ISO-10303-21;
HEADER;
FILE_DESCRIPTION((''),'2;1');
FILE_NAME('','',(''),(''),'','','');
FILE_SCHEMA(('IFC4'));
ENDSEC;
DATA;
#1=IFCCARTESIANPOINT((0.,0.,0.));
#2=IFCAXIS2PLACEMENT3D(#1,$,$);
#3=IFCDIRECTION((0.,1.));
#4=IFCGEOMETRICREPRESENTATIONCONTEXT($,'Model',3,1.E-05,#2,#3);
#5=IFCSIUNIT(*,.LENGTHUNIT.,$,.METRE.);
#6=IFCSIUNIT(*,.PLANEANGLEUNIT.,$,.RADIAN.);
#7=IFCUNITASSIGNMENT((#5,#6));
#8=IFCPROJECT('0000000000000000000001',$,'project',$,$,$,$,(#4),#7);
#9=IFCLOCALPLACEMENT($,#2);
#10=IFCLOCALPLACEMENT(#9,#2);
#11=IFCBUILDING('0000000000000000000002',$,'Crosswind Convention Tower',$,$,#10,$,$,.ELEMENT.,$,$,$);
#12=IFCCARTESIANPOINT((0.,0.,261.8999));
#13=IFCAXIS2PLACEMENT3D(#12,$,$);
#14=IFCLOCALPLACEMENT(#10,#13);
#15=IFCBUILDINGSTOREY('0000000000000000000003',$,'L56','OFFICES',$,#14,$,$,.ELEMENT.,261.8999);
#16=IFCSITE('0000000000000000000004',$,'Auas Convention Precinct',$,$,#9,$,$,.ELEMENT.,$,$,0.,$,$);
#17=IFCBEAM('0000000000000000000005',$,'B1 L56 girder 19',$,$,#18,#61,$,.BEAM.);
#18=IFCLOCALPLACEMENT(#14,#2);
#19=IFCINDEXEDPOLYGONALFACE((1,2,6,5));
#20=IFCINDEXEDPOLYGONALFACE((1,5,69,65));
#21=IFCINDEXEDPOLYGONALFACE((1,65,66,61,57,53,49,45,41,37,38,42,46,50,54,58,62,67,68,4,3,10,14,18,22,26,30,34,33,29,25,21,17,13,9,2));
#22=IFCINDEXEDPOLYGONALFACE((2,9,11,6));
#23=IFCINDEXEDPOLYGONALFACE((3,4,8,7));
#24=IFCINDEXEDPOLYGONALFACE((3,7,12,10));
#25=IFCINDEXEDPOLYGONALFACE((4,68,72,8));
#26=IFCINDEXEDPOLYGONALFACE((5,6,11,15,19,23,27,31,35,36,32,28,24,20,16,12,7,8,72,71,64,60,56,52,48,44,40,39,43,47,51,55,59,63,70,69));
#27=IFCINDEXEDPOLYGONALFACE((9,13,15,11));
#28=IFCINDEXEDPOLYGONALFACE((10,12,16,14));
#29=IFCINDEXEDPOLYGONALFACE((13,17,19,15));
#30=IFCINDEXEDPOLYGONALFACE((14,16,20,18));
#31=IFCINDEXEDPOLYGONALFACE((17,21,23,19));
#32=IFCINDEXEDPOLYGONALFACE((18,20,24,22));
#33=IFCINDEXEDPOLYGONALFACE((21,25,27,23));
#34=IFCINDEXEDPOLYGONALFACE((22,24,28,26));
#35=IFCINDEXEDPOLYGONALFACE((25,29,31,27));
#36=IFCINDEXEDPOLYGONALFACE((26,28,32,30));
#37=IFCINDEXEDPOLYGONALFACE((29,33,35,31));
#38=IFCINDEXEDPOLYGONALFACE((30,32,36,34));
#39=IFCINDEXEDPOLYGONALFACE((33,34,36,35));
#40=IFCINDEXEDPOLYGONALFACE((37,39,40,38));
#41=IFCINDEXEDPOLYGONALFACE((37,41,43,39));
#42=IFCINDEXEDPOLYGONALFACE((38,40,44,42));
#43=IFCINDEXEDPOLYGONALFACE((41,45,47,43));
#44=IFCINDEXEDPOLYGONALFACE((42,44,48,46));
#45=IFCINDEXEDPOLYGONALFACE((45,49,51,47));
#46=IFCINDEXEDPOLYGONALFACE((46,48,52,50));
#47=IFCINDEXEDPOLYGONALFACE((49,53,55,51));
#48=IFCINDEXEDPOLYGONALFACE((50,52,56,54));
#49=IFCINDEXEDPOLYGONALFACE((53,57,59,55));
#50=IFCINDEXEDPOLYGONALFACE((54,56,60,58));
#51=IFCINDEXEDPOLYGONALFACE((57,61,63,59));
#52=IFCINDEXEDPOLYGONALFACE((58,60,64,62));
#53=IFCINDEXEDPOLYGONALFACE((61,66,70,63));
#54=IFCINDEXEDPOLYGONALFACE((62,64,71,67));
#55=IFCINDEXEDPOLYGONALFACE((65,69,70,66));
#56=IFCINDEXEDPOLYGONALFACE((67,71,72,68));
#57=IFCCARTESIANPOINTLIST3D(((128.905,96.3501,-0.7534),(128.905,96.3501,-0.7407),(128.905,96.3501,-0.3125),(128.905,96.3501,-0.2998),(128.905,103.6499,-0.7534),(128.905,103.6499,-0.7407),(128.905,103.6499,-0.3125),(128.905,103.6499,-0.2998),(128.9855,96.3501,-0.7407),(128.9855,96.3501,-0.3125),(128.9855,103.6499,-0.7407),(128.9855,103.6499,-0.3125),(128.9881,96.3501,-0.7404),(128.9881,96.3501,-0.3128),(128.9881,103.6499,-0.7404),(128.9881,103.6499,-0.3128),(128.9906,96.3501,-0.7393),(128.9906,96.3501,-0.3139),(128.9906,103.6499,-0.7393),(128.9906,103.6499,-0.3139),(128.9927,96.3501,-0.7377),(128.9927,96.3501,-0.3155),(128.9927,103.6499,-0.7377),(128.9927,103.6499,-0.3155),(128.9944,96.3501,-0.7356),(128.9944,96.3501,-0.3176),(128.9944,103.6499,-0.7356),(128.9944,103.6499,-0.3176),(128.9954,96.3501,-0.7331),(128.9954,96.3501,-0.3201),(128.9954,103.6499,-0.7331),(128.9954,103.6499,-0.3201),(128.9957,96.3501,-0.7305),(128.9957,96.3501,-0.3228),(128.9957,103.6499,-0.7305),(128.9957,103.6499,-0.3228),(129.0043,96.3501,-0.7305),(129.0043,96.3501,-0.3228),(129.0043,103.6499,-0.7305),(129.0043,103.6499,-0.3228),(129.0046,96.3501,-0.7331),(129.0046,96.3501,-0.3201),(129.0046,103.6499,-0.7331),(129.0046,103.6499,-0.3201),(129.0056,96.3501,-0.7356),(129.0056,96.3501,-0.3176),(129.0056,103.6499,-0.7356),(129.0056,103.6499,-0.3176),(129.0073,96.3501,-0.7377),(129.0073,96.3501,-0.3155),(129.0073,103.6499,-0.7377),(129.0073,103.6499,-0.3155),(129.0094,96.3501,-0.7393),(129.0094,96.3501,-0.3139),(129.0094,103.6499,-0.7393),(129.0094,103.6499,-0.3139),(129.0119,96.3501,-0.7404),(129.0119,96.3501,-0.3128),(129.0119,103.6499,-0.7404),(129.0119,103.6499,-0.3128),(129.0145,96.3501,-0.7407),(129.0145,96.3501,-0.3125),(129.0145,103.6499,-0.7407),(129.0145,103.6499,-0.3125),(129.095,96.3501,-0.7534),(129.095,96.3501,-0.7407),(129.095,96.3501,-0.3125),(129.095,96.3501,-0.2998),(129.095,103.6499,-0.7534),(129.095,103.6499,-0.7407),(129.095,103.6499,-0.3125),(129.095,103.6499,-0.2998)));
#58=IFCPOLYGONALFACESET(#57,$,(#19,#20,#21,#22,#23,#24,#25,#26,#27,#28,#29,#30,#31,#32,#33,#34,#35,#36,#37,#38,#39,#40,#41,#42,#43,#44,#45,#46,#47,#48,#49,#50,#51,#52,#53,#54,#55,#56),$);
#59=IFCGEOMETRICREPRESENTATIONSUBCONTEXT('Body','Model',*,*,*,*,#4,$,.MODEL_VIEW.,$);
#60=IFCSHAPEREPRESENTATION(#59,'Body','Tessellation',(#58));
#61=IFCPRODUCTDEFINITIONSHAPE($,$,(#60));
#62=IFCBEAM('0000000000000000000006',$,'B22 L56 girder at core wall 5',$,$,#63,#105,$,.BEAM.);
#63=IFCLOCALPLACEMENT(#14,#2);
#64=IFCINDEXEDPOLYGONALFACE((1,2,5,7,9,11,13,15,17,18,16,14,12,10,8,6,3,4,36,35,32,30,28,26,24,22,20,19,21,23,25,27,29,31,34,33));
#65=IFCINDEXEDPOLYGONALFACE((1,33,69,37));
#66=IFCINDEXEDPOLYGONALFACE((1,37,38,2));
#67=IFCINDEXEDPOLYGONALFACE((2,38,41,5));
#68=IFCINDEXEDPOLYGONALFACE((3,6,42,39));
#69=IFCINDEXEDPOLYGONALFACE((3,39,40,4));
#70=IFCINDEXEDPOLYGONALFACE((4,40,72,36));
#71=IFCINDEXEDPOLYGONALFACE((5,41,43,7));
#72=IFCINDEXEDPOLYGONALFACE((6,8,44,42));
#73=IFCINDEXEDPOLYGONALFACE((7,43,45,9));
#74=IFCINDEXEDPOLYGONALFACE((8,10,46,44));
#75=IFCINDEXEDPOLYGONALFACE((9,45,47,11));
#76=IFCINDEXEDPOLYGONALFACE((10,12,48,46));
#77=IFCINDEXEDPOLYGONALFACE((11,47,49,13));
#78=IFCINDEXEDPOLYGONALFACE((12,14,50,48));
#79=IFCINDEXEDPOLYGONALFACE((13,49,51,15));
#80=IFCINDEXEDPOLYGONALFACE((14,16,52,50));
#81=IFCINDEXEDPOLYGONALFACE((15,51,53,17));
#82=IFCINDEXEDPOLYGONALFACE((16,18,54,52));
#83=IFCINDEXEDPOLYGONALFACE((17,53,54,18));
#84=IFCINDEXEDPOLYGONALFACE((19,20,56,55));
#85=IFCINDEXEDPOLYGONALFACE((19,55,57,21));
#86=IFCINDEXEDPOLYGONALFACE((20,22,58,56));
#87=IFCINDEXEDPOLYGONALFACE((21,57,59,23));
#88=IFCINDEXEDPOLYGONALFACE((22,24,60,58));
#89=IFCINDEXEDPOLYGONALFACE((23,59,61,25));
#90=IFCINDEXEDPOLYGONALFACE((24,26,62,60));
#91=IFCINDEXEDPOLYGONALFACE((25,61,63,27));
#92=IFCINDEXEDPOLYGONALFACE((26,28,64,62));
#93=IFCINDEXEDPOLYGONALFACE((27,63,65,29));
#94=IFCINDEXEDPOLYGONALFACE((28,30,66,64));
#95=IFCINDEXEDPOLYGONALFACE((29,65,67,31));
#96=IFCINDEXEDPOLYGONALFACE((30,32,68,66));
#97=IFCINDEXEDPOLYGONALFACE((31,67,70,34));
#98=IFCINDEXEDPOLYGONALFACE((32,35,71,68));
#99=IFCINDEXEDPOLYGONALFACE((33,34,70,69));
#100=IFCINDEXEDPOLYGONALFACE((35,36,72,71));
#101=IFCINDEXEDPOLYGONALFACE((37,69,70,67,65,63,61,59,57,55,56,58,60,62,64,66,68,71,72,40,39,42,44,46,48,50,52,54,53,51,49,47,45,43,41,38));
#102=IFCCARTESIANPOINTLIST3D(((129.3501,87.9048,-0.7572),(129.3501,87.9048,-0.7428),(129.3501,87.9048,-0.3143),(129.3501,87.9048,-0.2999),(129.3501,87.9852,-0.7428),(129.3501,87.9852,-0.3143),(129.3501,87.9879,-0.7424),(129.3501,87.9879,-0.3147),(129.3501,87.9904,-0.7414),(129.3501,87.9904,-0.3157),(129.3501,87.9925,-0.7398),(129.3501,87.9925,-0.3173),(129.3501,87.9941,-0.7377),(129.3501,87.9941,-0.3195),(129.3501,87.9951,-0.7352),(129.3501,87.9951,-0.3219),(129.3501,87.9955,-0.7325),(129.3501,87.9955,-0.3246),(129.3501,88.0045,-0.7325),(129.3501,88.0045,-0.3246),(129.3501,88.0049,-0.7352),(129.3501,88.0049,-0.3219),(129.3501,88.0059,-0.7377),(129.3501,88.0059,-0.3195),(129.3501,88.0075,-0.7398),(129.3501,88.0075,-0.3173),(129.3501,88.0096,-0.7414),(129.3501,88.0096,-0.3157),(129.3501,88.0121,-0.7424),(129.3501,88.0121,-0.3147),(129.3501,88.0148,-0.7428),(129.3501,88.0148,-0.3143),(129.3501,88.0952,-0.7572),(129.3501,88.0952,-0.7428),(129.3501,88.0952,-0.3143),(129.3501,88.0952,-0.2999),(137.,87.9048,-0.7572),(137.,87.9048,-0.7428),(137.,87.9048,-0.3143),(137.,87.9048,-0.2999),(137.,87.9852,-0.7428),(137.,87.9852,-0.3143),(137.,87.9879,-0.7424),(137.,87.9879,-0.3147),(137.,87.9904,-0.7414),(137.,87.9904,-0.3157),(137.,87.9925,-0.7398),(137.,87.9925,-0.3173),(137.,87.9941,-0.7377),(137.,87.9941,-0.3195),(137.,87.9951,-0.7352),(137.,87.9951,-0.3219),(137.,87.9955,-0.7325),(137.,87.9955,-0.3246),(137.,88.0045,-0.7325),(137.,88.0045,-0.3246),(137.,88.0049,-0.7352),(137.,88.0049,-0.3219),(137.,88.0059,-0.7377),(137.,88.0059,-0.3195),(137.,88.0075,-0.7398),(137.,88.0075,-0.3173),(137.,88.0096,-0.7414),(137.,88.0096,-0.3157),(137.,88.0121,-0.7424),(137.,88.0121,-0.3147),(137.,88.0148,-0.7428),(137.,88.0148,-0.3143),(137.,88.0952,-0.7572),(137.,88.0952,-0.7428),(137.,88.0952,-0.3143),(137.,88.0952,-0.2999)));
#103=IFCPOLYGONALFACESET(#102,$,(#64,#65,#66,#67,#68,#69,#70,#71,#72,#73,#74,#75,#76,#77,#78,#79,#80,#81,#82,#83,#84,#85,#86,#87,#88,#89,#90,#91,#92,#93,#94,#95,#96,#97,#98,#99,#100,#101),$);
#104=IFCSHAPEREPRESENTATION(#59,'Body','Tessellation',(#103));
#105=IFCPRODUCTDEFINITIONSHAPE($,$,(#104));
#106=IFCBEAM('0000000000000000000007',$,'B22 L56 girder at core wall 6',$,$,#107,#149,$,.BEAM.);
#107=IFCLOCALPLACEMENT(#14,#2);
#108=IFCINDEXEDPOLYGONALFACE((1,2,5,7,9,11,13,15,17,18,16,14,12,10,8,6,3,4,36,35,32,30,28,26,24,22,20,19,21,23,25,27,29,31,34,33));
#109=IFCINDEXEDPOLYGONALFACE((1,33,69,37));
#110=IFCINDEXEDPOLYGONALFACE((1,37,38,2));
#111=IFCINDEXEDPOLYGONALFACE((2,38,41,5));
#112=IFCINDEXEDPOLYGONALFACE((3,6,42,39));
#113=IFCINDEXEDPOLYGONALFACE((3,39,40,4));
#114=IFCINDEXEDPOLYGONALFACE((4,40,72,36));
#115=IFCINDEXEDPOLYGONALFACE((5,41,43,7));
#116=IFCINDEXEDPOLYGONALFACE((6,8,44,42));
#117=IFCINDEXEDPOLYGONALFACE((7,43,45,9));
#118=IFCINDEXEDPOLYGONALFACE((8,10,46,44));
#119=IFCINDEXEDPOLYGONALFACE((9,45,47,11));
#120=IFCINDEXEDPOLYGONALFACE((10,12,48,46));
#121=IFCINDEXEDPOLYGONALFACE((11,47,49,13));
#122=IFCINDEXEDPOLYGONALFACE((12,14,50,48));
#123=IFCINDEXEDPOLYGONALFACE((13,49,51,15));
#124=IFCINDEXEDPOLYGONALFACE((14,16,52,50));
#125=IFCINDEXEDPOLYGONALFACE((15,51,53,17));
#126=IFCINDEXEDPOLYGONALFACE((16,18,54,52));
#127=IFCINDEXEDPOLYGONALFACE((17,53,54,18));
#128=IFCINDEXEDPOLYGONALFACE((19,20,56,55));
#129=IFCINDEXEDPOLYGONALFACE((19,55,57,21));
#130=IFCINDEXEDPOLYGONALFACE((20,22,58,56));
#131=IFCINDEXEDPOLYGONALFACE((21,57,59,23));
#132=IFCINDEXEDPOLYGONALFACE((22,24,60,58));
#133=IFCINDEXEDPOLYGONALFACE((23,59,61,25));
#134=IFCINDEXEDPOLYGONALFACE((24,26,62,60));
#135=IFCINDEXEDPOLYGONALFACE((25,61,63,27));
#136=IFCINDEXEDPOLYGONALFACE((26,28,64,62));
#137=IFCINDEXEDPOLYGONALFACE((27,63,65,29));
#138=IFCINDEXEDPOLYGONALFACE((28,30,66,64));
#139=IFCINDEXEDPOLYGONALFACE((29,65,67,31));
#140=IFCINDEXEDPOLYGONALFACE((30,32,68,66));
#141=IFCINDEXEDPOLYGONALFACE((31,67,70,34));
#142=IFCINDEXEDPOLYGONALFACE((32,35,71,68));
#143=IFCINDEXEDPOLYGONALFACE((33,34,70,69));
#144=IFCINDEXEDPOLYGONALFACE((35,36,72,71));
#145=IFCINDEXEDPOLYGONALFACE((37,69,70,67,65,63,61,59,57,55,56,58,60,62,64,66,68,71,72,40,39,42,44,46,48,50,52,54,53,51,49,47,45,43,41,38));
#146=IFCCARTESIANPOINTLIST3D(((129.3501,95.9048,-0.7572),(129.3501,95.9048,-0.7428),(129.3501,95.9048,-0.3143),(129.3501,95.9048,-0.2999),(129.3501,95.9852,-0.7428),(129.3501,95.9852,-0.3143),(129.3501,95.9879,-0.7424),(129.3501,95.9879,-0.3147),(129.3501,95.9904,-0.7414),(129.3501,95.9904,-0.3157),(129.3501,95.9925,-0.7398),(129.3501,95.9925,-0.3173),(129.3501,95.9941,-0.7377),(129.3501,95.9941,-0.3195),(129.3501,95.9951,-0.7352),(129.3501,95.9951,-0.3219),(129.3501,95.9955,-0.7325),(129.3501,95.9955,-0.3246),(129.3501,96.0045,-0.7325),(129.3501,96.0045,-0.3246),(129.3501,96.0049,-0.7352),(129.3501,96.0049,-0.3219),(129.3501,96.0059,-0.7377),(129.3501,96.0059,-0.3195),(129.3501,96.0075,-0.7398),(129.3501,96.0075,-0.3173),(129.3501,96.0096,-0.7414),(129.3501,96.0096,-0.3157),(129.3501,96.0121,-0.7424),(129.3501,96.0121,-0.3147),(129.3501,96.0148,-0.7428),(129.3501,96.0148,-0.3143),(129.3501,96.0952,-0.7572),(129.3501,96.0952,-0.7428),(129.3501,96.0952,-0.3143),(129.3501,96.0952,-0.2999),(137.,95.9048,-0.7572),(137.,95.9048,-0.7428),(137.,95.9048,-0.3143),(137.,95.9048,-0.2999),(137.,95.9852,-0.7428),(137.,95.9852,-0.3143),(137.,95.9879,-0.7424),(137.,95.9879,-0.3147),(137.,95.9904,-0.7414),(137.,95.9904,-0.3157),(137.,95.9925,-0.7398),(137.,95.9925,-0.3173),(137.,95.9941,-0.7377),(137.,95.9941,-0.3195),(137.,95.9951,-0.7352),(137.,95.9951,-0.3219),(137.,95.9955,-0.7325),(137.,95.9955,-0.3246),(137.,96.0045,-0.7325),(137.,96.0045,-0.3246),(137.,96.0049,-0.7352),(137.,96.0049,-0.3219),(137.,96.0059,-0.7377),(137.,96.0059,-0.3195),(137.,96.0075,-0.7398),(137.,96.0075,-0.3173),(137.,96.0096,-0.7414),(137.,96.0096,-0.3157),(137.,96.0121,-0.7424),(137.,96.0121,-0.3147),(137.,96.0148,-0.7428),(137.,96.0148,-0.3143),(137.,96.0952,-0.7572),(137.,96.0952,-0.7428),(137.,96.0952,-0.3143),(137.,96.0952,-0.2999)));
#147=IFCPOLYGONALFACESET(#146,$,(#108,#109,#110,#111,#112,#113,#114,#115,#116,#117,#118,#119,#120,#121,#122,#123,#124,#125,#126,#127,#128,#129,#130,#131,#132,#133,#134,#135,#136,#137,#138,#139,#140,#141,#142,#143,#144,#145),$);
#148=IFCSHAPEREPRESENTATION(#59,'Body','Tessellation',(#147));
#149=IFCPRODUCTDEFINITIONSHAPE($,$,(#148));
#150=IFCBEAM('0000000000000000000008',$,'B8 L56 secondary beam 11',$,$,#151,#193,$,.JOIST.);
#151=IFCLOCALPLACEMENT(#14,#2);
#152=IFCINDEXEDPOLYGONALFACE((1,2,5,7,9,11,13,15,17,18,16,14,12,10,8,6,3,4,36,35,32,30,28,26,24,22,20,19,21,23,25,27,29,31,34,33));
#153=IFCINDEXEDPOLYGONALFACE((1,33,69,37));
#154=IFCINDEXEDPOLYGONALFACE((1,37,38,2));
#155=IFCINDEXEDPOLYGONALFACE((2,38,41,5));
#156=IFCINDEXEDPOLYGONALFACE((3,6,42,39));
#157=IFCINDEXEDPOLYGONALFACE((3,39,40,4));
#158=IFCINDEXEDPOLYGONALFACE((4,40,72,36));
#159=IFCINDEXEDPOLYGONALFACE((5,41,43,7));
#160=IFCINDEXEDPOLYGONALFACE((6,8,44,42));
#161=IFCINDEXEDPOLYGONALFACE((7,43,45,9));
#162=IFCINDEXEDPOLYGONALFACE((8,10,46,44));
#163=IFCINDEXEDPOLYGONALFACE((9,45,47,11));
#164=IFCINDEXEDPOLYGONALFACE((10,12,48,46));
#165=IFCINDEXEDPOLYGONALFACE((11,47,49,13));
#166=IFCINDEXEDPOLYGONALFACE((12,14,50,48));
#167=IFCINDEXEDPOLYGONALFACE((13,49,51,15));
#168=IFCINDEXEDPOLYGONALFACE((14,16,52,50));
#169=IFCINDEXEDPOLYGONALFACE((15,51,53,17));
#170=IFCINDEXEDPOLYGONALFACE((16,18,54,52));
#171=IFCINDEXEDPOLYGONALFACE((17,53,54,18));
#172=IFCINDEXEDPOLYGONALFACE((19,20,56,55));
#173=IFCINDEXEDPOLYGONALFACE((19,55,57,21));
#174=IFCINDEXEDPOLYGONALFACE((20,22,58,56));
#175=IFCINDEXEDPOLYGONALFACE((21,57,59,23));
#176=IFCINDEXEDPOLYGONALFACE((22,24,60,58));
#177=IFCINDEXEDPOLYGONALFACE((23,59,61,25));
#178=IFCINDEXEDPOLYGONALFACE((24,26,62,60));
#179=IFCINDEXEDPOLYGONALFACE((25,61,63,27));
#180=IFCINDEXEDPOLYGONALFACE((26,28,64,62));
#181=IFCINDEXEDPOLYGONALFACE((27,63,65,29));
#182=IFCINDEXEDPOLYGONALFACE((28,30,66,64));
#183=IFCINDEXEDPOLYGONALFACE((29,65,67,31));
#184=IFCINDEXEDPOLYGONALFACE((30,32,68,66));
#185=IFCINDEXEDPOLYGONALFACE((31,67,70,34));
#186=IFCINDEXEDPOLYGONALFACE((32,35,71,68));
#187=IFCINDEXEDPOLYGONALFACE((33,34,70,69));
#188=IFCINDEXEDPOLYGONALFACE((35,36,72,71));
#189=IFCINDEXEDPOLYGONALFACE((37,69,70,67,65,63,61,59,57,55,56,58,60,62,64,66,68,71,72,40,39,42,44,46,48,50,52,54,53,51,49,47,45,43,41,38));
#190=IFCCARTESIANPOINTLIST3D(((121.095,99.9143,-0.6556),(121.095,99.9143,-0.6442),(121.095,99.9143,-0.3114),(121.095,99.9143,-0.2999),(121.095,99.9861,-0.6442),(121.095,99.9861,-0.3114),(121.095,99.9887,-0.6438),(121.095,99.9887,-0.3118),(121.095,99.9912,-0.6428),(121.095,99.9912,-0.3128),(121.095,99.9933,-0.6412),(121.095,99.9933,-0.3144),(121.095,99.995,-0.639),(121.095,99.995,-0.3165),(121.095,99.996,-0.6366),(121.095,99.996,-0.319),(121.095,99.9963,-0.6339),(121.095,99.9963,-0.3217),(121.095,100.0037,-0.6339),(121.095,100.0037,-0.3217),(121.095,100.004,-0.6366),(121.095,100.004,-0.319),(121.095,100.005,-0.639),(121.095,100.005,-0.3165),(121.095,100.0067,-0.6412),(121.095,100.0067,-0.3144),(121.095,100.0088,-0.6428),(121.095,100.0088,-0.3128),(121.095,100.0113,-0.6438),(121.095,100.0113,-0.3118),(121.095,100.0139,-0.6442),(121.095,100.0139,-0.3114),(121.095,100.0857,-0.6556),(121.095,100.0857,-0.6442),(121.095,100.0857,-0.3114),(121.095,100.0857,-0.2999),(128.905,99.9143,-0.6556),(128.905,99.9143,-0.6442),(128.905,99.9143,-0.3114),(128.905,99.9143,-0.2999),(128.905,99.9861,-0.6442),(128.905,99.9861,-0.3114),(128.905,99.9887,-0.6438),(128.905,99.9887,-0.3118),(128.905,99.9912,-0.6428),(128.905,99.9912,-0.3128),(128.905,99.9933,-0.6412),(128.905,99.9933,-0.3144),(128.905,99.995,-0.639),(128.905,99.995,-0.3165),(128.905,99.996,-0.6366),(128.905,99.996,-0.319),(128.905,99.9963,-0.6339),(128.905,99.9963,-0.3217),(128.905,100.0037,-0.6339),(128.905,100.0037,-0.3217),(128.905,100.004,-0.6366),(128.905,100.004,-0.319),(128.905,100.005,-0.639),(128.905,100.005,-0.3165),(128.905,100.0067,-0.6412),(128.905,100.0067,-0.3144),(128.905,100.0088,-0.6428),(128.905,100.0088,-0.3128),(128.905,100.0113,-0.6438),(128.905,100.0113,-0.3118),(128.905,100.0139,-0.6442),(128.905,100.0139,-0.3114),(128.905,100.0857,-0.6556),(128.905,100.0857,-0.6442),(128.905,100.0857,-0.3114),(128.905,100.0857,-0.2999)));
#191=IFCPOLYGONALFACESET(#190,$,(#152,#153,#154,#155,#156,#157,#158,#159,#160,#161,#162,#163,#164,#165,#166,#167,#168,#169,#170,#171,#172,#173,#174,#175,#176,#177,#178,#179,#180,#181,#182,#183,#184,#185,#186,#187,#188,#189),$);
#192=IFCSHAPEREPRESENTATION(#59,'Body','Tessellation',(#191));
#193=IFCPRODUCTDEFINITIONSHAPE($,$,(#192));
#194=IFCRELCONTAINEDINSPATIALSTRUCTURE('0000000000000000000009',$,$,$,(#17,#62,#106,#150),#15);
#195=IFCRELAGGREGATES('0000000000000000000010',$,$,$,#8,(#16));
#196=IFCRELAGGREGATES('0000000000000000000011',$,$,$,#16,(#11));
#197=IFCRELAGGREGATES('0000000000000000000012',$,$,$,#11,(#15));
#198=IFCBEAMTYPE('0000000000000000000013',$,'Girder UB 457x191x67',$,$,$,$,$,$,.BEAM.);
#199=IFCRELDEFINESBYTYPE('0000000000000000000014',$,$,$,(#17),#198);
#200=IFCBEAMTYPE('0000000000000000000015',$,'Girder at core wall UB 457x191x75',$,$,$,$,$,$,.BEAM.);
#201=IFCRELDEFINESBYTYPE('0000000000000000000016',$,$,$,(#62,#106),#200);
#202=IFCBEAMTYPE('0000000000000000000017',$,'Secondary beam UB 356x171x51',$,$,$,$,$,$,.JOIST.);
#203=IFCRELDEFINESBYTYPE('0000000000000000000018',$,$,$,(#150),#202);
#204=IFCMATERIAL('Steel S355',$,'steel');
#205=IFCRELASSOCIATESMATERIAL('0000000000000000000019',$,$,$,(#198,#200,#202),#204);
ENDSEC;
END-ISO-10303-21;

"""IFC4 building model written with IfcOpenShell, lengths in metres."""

from ifc_helpers import new_model, si_unit, direction, frame, origin, origin_2d, place, context, subcontext, project, spatial, i_section, extrude, material, material_profile, profile_set, type_object, element, save


model = new_model("IFC4")

# Units and contexts
model_context = context("Model", 3, precision=1e-05, world=origin(), true_north=direction((0.0, 1.0)))
body_context = subcontext(model_context, "Body", "Model", "MODEL_VIEW")
ifc_project = project(units=[si_unit("LENGTHUNIT", "METRE"), si_unit("PLANEANGLEUNIT", "RADIAN")], contexts=[model_context])

# Site, building, storey
site_placement = place(None, origin())
site = spatial("IfcSite", under=ifc_project, at=site_placement, Name="Auas Convention Precinct", CompositionType="ELEMENT", RefElevation=0.0)
building_placement = place(site_placement, origin())
building = spatial("IfcBuilding", under=site, at=building_placement, Name="Crosswind Convention Tower", CompositionType="ELEMENT")
storey_placement = place(building_placement, frame((0.0, 0.0, 261.8999)))
storey = spatial("IfcBuildingStorey", under=building, at=storey_placement, Name="L56", Description="OFFICES", CompositionType="ELEMENT", Elevation=261.8999)

# Beams
ifc_material_1 = material(Name="Steel S355", Category="steel")
ifc_material_profile_1 = material_profile(ifc_material_1, i_section(OverallWidth=0.1899, OverallDepth=0.4536, WebThickness=0.0085, FlangeThickness=0.0127, FilletRadius=0.0103, at=origin_2d()), Name="UB 457x191x67")
ifc_profile_set_1 = profile_set([ifc_material_profile_1], Name="Steel S355")
beam_type_1 = type_object("IfcBeamType", Name="Girder UB 457x191x67", PredefinedType="BEAM", material=ifc_profile_set_1)
for number, where, z_axis, x_axis, name in (
    (1, (129.0, 96.3501, -0.5266), (0.0, 1.0, 0.0), (-1.0, 0.0, 0.0), "B1 L56 girder 19"),
):
    element("IfcBeam", number, at=place(storey_placement, frame(where, z_axis=z_axis, x_axis=x_axis)), inside=storey, type_object=beam_type_1, Name=name, PredefinedType="BEAM", context=body_context, shape_type="SweptSolid", body=[
        extrude(i_section(OverallWidth=0.1899, OverallDepth=0.4536, WebThickness=0.0085, FlangeThickness=0.0127, FilletRadius=0.0103, at=origin_2d()), origin(), (0.0, 0.0, 1.0), 7.2998),
    ])
ifc_material_profile_2 = material_profile(ifc_material_1, i_section(OverallWidth=0.1904, OverallDepth=0.4573, WebThickness=0.009, FlangeThickness=0.0144, FilletRadius=0.0103, at=origin_2d()), Name="UB 457x191x75")
ifc_profile_set_2 = profile_set([ifc_material_profile_2], Name="Steel S355")
beam_type_2 = type_object("IfcBeamType", Name="Girder at core wall UB 457x191x75", PredefinedType="BEAM", material=ifc_profile_set_2)
for number, where, z_axis, x_axis, name in (
    (2, (129.3501, 88.0, -0.5286), (1.0, 0.0, 0.0), (0.0, 1.0, 0.0), "B22 L56 girder at core wall 5"),
    (3, (129.3501, 96.0, -0.5286), (1.0, 0.0, 0.0), (0.0, 1.0, 0.0), "B22 L56 girder at core wall 6"),
):
    element("IfcBeam", number, at=place(storey_placement, frame(where, z_axis=z_axis, x_axis=x_axis)), inside=storey, type_object=beam_type_2, Name=name, PredefinedType="BEAM", context=body_context, shape_type="SweptSolid", body=[
        extrude(i_section(OverallWidth=0.1904, OverallDepth=0.4573, WebThickness=0.009, FlangeThickness=0.0144, FilletRadius=0.0103, at=origin_2d()), origin(), (0.0, 0.0, 1.0), 7.6499),
    ])
ifc_material_profile_3 = material_profile(ifc_material_1, i_section(OverallWidth=0.1714, OverallDepth=0.3557, WebThickness=0.0073, FlangeThickness=0.0115, FilletRadius=0.0103, at=origin_2d()), Name="UB 356x171x51")
ifc_profile_set_3 = profile_set([ifc_material_profile_3], Name="Steel S355")
beam_type_3 = type_object("IfcBeamType", Name="Secondary beam UB 356x171x51", PredefinedType="JOIST", material=ifc_profile_set_3)
beam_1_placement = place(storey_placement, frame((121.095, 100.0, -0.4778), z_axis=(1.0, 0.0, 0.0), x_axis=(0.0, 1.0, 0.0)))
element("IfcBeam", 4, at=beam_1_placement, inside=storey, type_object=beam_type_3, Name="B8 L56 secondary beam 11", PredefinedType="JOIST", context=body_context, shape_type="SweptSolid", body=[
    extrude(i_section(OverallWidth=0.1714, OverallDepth=0.3557, WebThickness=0.0073, FlangeThickness=0.0115, FilletRadius=0.0103, at=origin_2d()), origin(), (0.0, 0.0, 1.0), 7.8101),
])

save(model, "model.ifc")
